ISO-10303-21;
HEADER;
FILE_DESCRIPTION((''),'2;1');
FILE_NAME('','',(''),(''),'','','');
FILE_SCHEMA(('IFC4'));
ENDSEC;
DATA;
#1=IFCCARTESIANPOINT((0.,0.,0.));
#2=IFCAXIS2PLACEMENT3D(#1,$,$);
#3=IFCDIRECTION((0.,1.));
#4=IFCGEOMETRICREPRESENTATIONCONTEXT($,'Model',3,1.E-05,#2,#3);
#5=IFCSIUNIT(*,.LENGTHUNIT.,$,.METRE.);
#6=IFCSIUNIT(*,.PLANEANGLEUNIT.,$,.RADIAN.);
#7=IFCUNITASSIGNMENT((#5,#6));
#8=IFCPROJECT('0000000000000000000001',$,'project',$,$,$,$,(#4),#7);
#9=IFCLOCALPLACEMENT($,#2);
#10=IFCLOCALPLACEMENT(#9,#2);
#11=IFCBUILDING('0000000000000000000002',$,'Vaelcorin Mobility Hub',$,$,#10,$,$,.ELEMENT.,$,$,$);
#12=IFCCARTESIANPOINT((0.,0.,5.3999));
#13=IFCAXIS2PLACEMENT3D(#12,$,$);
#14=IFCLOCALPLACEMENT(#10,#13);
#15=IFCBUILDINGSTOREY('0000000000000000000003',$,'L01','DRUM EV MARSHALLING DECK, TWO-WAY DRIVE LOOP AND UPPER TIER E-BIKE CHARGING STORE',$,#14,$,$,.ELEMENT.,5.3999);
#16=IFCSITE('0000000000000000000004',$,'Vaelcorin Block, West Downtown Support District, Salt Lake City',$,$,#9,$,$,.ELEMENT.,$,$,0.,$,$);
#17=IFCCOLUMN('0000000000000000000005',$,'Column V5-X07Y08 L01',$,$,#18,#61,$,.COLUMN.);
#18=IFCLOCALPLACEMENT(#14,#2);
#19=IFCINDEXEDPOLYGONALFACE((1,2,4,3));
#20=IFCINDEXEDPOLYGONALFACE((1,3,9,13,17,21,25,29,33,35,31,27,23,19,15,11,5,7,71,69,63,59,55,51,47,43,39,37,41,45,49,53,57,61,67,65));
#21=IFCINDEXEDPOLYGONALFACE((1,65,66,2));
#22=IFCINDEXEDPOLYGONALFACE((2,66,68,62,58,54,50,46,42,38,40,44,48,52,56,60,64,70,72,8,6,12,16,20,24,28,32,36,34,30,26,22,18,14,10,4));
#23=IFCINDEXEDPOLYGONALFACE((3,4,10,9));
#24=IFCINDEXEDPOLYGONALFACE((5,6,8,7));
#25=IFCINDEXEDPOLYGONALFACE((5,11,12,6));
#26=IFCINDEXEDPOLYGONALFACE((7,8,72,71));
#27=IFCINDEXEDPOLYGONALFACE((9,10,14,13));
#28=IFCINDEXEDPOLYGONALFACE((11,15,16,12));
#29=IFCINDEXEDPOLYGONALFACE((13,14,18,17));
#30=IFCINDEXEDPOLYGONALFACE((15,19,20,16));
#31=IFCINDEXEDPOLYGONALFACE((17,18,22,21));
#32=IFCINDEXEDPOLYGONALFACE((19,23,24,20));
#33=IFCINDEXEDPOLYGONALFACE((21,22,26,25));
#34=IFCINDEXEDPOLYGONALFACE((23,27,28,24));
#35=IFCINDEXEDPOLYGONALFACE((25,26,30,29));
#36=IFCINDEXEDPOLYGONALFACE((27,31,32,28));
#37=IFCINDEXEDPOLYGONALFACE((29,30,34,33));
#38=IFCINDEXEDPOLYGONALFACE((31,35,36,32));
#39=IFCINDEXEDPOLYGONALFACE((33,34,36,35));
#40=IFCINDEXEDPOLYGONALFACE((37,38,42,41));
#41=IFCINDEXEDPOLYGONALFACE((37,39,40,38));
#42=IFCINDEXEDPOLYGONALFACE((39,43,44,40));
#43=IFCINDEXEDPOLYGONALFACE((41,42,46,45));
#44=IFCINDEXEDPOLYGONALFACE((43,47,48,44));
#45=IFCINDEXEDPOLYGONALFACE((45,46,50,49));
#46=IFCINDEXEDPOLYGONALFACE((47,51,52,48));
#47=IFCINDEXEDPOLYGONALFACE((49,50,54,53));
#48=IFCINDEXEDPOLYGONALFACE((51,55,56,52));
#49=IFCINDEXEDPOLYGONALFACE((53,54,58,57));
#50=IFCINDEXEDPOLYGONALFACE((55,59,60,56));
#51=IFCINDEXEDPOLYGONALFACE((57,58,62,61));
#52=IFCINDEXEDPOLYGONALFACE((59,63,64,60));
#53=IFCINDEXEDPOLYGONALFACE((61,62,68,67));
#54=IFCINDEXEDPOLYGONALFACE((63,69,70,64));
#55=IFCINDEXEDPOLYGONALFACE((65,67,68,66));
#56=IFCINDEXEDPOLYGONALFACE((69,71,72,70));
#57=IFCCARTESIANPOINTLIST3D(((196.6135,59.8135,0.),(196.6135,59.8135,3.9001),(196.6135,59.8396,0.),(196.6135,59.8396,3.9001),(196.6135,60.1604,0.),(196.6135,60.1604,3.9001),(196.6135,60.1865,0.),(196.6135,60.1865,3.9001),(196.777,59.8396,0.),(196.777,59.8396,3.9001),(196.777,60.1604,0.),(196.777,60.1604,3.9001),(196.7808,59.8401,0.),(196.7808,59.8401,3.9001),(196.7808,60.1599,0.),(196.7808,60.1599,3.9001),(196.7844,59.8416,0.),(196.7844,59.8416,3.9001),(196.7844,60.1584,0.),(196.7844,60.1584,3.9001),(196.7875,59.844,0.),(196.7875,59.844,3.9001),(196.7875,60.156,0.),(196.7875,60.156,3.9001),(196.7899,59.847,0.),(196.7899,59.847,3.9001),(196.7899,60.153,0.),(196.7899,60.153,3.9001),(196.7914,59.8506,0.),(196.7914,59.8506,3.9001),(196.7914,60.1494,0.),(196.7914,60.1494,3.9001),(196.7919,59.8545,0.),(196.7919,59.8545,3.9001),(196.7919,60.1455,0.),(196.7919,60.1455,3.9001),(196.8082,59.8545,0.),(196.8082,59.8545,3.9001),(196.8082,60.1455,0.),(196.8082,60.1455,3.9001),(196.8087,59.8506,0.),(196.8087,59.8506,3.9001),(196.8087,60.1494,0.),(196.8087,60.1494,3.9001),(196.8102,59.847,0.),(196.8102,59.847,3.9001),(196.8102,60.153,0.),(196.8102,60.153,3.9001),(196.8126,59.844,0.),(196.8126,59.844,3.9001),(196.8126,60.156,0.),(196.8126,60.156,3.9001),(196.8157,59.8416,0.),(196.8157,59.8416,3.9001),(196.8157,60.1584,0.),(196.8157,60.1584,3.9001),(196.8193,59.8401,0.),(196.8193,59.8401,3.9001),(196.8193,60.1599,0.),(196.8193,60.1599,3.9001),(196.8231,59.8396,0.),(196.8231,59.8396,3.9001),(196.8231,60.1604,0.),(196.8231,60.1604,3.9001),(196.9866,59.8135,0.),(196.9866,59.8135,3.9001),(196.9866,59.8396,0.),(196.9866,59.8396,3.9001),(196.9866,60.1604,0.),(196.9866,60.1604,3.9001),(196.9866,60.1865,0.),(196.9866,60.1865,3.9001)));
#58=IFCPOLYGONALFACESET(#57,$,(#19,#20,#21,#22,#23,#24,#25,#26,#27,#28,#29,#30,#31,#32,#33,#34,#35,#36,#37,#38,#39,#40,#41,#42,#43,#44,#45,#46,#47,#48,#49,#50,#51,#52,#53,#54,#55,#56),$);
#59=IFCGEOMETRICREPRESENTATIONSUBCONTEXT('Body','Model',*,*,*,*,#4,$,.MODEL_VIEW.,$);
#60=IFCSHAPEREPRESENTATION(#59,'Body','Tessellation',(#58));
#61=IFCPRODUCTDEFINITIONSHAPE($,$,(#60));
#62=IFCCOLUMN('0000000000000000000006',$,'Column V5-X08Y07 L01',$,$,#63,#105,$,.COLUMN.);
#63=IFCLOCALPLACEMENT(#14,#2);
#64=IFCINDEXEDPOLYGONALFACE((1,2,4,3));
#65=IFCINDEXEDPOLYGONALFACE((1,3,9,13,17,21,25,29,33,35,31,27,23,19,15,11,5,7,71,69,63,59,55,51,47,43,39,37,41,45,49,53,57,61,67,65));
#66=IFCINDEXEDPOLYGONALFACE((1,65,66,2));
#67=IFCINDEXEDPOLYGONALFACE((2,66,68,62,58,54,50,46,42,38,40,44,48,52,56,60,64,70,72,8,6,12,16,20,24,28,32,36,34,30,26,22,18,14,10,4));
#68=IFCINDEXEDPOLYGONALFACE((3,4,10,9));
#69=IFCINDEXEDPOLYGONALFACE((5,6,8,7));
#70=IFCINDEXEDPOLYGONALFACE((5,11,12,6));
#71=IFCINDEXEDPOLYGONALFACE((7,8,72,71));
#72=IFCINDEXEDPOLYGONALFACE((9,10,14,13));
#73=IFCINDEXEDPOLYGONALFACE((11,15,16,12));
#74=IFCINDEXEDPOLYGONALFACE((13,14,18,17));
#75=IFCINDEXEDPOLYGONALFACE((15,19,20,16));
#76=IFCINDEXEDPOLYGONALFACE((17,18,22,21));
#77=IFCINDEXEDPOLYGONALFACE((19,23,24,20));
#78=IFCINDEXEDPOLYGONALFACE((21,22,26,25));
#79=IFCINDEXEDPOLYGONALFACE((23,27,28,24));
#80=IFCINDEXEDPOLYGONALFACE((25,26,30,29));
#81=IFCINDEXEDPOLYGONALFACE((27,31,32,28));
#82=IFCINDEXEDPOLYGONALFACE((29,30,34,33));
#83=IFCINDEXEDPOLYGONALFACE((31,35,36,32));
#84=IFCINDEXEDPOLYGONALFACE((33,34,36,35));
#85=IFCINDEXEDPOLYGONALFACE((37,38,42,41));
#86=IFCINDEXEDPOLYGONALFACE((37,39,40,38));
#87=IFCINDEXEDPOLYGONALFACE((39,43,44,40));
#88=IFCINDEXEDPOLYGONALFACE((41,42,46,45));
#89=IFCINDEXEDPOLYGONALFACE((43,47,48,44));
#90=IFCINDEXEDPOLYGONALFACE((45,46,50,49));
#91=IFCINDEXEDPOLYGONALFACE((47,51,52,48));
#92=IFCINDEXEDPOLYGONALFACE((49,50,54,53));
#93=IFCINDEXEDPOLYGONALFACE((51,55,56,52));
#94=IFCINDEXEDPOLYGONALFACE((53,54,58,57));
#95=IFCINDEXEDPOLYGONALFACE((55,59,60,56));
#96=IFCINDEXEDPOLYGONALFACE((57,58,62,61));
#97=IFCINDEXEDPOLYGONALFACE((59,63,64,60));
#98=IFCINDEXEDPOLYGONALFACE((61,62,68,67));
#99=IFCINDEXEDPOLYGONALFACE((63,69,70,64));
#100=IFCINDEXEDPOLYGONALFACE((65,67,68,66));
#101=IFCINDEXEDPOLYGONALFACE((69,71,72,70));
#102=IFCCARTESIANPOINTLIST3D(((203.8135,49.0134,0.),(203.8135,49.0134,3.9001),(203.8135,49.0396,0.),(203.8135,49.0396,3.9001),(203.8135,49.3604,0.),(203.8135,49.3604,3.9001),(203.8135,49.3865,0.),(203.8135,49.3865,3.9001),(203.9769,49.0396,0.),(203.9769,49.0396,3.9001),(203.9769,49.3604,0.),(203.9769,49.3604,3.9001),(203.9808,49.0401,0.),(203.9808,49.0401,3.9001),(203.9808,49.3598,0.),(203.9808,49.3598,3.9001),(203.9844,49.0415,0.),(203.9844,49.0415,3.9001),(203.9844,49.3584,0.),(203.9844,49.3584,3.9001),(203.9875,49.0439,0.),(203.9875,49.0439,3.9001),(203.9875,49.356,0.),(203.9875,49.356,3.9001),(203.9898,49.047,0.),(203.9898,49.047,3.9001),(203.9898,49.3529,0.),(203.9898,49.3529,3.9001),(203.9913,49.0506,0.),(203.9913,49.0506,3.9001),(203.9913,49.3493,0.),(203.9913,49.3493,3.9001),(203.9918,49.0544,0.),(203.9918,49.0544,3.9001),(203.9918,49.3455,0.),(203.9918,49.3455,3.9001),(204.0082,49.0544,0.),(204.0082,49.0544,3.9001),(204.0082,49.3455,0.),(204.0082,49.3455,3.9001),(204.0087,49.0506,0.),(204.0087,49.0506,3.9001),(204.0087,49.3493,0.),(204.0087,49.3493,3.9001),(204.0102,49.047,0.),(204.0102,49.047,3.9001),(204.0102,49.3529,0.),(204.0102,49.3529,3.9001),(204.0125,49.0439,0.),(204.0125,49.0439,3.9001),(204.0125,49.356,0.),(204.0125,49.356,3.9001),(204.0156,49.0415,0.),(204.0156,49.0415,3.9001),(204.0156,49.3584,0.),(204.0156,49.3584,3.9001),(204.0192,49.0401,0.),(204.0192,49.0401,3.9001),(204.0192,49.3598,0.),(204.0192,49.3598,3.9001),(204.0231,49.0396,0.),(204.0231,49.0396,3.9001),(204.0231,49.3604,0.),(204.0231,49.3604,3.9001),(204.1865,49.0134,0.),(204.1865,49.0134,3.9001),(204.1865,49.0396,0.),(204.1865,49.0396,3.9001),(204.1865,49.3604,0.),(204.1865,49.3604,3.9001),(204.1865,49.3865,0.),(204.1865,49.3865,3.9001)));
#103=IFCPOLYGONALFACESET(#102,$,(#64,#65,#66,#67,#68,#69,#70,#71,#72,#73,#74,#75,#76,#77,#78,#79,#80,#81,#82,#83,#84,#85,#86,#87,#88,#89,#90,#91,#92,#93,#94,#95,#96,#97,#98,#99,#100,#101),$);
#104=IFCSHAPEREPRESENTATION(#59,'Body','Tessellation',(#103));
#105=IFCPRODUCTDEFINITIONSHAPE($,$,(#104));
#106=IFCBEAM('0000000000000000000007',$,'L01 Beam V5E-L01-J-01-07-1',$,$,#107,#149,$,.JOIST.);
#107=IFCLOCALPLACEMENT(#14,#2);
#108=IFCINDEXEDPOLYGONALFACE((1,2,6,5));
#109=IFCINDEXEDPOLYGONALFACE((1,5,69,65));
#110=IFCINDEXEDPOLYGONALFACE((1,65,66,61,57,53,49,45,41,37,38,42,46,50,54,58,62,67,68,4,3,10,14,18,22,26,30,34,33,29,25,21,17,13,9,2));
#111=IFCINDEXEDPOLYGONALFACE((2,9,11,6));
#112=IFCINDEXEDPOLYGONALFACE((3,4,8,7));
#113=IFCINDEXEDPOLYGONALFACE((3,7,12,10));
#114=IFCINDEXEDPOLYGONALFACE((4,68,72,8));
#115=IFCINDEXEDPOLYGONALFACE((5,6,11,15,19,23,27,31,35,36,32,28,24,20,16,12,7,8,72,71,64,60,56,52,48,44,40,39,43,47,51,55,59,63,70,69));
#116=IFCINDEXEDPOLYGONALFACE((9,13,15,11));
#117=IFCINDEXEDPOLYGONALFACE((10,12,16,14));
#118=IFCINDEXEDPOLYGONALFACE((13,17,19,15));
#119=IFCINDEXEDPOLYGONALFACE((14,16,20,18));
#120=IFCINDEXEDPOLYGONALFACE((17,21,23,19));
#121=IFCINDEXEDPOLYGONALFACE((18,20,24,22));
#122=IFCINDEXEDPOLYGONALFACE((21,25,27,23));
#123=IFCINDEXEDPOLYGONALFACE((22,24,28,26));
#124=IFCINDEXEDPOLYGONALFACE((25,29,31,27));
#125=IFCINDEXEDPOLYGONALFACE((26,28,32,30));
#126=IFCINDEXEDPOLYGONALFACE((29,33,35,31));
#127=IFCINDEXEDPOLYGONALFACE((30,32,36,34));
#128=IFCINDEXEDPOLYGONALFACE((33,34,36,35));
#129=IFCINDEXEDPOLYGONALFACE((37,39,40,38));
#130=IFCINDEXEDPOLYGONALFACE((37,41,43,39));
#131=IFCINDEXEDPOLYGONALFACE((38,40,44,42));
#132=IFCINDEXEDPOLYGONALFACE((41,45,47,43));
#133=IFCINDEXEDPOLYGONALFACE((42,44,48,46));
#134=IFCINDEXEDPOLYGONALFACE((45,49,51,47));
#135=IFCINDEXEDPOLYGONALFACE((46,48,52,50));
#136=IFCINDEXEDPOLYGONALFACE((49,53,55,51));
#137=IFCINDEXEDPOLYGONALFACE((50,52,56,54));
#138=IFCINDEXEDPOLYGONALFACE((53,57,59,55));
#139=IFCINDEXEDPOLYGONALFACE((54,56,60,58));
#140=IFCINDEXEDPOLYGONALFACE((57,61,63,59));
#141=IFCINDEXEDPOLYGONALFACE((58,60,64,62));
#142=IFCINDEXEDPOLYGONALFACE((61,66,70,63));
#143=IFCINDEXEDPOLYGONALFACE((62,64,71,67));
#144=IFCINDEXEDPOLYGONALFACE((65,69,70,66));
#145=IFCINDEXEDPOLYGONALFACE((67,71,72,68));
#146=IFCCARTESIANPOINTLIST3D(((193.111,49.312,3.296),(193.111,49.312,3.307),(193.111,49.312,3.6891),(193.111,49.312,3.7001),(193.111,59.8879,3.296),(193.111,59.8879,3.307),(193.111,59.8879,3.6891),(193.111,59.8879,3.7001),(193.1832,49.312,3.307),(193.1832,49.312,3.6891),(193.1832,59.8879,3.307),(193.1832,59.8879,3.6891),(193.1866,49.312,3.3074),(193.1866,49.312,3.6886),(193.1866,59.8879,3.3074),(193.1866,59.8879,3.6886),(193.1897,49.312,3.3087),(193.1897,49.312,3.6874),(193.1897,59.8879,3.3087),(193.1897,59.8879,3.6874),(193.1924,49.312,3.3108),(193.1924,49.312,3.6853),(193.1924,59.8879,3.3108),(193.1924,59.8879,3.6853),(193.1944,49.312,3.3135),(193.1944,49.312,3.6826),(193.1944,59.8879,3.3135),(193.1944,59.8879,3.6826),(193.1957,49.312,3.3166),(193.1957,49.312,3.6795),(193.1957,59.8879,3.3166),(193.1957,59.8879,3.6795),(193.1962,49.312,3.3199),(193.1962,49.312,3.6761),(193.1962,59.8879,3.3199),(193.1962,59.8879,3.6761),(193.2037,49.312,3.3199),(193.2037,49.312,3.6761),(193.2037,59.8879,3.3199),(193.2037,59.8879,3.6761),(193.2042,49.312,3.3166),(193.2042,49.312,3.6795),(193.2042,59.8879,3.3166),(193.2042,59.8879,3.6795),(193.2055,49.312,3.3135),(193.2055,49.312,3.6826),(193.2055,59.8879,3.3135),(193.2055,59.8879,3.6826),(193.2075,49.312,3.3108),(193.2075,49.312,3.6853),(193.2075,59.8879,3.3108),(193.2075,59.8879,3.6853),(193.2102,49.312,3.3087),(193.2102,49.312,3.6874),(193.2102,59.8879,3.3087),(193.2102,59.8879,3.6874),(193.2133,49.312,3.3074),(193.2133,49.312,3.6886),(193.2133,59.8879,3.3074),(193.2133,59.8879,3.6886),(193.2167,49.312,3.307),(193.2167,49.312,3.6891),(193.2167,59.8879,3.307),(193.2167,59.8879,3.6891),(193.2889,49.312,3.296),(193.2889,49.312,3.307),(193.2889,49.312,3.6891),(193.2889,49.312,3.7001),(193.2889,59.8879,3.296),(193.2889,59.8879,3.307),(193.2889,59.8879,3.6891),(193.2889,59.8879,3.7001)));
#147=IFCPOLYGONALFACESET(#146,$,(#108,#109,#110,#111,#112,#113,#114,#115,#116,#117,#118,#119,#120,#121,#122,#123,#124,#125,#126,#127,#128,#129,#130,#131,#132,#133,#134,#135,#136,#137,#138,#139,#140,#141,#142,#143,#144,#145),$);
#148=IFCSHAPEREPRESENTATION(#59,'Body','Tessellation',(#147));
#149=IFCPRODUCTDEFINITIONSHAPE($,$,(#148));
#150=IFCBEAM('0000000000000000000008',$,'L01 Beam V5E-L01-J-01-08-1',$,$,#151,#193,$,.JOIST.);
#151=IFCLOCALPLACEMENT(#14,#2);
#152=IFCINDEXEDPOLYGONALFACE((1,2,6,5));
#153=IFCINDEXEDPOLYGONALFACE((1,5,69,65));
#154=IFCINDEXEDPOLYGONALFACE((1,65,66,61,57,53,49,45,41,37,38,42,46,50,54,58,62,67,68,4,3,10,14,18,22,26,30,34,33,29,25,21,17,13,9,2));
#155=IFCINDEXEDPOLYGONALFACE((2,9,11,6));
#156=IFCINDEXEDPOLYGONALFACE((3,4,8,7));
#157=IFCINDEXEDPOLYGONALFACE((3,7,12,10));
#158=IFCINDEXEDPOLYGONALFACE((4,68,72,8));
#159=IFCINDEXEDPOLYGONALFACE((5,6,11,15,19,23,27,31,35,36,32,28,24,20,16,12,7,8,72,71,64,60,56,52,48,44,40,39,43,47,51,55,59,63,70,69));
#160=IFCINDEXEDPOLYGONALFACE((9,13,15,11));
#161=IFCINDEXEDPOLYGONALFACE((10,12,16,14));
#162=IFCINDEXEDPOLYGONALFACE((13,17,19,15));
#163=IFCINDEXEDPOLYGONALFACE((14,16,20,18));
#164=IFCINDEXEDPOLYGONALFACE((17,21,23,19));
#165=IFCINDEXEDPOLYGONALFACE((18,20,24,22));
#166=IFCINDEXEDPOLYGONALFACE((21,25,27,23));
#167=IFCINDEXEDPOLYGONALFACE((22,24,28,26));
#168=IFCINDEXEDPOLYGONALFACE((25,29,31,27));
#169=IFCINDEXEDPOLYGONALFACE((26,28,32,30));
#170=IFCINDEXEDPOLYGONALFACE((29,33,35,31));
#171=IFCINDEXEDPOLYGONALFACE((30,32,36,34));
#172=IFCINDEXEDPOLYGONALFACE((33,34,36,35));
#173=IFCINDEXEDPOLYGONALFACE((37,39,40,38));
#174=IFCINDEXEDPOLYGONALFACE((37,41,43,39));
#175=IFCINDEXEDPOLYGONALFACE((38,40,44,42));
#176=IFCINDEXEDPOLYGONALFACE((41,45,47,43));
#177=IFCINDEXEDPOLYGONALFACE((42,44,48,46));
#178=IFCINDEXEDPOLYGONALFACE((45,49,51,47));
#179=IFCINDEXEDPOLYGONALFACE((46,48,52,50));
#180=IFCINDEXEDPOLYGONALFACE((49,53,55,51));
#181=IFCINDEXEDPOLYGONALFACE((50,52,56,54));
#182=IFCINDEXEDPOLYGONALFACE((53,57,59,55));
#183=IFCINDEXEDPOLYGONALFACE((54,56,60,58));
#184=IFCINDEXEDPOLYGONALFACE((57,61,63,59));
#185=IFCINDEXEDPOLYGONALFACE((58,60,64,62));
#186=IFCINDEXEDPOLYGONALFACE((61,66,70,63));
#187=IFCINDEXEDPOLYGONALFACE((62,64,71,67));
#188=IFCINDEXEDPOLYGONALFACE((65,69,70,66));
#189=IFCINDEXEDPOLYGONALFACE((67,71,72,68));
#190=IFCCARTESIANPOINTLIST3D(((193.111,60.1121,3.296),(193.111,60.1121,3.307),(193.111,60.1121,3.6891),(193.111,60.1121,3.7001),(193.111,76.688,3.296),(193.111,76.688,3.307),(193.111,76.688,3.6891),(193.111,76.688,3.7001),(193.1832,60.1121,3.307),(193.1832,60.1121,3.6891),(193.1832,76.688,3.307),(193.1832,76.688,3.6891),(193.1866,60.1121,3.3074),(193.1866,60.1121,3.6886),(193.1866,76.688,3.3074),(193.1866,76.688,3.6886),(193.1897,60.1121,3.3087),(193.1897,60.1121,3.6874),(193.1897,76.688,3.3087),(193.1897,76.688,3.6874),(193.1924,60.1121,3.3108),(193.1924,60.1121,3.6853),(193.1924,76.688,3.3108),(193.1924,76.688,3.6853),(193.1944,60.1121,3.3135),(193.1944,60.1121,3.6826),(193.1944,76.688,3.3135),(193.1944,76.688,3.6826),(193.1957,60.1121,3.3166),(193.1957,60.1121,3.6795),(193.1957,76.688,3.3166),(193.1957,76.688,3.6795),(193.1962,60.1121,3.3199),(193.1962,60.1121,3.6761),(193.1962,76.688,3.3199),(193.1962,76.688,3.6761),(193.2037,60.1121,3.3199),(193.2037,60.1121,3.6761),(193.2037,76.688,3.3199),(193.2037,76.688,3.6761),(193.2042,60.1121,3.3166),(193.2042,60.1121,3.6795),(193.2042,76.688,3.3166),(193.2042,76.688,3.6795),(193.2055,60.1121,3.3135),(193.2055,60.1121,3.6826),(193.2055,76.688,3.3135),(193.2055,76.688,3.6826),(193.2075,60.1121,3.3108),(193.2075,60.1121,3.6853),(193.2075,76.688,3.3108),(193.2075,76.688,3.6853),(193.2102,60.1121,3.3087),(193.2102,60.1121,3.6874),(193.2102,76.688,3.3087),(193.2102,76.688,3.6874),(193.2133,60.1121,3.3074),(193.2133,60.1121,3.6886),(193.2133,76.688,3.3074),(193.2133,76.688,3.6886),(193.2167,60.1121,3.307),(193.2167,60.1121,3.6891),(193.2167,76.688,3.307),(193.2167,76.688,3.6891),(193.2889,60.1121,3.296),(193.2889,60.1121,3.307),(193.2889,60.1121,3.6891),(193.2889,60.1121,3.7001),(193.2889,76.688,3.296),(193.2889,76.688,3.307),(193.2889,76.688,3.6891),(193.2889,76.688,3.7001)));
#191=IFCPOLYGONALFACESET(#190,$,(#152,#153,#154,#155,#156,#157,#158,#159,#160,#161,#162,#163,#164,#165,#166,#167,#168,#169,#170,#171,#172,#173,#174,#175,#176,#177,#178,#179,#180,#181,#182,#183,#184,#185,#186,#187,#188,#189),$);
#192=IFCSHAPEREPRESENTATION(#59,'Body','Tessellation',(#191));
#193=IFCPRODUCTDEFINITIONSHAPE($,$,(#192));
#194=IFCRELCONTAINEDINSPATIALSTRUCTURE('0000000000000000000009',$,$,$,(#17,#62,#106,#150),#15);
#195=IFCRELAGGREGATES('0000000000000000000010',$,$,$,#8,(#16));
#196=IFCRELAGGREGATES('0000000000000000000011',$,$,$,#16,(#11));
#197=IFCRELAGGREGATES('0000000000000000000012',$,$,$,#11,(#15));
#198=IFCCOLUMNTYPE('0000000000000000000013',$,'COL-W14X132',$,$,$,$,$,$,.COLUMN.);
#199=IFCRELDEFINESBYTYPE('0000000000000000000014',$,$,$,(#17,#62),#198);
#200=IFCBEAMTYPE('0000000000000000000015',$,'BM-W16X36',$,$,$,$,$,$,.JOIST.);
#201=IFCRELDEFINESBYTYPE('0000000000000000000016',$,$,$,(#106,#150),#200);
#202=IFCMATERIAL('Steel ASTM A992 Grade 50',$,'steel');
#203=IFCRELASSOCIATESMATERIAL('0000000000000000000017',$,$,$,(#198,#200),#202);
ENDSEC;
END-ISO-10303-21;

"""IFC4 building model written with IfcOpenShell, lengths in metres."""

from ifc_helpers import new_model, si_unit, direction, frame, origin, origin_2d, place, context, subcontext, project, spatial, i_section, extrude, material, material_profile, profile_set, type_object, element, save


model = new_model("IFC4")

# Units and contexts
model_context = context("Model", 3, precision=1e-05, world=origin(), true_north=direction((0.0, 1.0)))
body_context = subcontext(model_context, "Body", "Model", "MODEL_VIEW")
ifc_project = project(units=[si_unit("LENGTHUNIT", "METRE"), si_unit("PLANEANGLEUNIT", "RADIAN")], contexts=[model_context])

# Site, building, storey
site_placement = place(None, origin())
site = spatial("IfcSite", under=ifc_project, at=site_placement, Name="Vaelcorin Block, West Downtown Support District, Salt Lake City", CompositionType="ELEMENT", RefElevation=0.0)
building_placement = place(site_placement, origin())
building = spatial("IfcBuilding", under=site, at=building_placement, Name="Vaelcorin Mobility Hub", CompositionType="ELEMENT")
storey_placement = place(building_placement, frame((0.0, 0.0, 5.3999)))
storey = spatial("IfcBuildingStorey", under=building, at=storey_placement, Name="L01", Description="DRUM EV MARSHALLING DECK, TWO-WAY DRIVE LOOP AND UPPER TIER E-BIKE CHARGING STORE", CompositionType="ELEMENT", Elevation=5.3999)

# Columns
ifc_material_1 = material(Name="Steel ASTM A992 Grade 50", Category="steel")
ifc_material_profile_1 = material_profile(ifc_material_1, i_section(OverallWidth=0.373, OverallDepth=0.373, WebThickness=0.0164, FlangeThickness=0.0261, FilletRadius=0.0149, at=origin_2d()), Name="W14X132")
ifc_profile_set_1 = profile_set([ifc_material_profile_1], Name="Steel ASTM A992 Grade 50")
column_type = type_object("IfcColumnType", Name="COL-W14X132", PredefinedType="COLUMN", material=ifc_profile_set_1)
for number, where, z_axis, x_axis, name in (
    (1, (196.8, 60.0, 0.0), (0.0, 0.0, 1.0), (1.0, 0.0, 0.0), "Column V5-X07Y08 L01"),
    (2, (204.0, 49.2, 0.0), (0.0, 0.0, 1.0), (1.0, 0.0, 0.0), "Column V5-X08Y07 L01"),
):
    element("IfcColumn", number, at=place(storey_placement, frame(where, z_axis=z_axis, x_axis=x_axis)), inside=storey, type_object=column_type, Name=name, PredefinedType="COLUMN", context=body_context, shape_type="SweptSolid", body=[
        extrude(i_section(OverallWidth=0.373, OverallDepth=0.373, WebThickness=0.0164, FlangeThickness=0.0261, FilletRadius=0.0149, at=origin_2d()), origin(), (0.0, 0.0, 1.0), 3.9001),
    ])

# Beams
ifc_material_profile_2 = material_profile(ifc_material_1, i_section(OverallWidth=0.178, OverallDepth=0.4041, WebThickness=0.0076, FlangeThickness=0.011, FilletRadius=0.0129, at=origin_2d()), Name="W16X36")
ifc_profile_set_2 = profile_set([ifc_material_profile_2], Name="Steel ASTM A992 Grade 50")
beam_type_1 = type_object("IfcBeamType", Name="BM-W16X36", PredefinedType="JOIST", material=ifc_profile_set_2)
beam_1_placement = place(storey_placement, frame((193.2, 49.312, 3.498), z_axis=(0.0, 1.0, 0.0), x_axis=(-1.0, 0.0, 0.0)))
element("IfcBeam", 3, at=beam_1_placement, inside=storey, type_object=beam_type_1, Name="L01 Beam V5E-L01-J-01-07-1", PredefinedType="JOIST", context=body_context, shape_type="SweptSolid", body=[
    extrude(i_section(OverallWidth=0.178, OverallDepth=0.4041, WebThickness=0.0076, FlangeThickness=0.011, FilletRadius=0.0129, at=origin_2d()), origin(), (0.0, 0.0, 1.0), 10.5759),
])
beam_2_placement = place(storey_placement, frame((193.2, 60.1121, 3.498), z_axis=(0.0, 1.0, 0.0), x_axis=(-1.0, 0.0, 0.0)))
element("IfcBeam", 4, at=beam_2_placement, inside=storey, type_object=beam_type_1, Name="L01 Beam V5E-L01-J-01-08-1", PredefinedType="JOIST", context=body_context, shape_type="SweptSolid", body=[
    extrude(i_section(OverallWidth=0.178, OverallDepth=0.4041, WebThickness=0.0076, FlangeThickness=0.011, FilletRadius=0.0129, at=origin_2d()), origin(), (0.0, 0.0, 1.0), 16.5759),
])

save(model, "model.ifc")
